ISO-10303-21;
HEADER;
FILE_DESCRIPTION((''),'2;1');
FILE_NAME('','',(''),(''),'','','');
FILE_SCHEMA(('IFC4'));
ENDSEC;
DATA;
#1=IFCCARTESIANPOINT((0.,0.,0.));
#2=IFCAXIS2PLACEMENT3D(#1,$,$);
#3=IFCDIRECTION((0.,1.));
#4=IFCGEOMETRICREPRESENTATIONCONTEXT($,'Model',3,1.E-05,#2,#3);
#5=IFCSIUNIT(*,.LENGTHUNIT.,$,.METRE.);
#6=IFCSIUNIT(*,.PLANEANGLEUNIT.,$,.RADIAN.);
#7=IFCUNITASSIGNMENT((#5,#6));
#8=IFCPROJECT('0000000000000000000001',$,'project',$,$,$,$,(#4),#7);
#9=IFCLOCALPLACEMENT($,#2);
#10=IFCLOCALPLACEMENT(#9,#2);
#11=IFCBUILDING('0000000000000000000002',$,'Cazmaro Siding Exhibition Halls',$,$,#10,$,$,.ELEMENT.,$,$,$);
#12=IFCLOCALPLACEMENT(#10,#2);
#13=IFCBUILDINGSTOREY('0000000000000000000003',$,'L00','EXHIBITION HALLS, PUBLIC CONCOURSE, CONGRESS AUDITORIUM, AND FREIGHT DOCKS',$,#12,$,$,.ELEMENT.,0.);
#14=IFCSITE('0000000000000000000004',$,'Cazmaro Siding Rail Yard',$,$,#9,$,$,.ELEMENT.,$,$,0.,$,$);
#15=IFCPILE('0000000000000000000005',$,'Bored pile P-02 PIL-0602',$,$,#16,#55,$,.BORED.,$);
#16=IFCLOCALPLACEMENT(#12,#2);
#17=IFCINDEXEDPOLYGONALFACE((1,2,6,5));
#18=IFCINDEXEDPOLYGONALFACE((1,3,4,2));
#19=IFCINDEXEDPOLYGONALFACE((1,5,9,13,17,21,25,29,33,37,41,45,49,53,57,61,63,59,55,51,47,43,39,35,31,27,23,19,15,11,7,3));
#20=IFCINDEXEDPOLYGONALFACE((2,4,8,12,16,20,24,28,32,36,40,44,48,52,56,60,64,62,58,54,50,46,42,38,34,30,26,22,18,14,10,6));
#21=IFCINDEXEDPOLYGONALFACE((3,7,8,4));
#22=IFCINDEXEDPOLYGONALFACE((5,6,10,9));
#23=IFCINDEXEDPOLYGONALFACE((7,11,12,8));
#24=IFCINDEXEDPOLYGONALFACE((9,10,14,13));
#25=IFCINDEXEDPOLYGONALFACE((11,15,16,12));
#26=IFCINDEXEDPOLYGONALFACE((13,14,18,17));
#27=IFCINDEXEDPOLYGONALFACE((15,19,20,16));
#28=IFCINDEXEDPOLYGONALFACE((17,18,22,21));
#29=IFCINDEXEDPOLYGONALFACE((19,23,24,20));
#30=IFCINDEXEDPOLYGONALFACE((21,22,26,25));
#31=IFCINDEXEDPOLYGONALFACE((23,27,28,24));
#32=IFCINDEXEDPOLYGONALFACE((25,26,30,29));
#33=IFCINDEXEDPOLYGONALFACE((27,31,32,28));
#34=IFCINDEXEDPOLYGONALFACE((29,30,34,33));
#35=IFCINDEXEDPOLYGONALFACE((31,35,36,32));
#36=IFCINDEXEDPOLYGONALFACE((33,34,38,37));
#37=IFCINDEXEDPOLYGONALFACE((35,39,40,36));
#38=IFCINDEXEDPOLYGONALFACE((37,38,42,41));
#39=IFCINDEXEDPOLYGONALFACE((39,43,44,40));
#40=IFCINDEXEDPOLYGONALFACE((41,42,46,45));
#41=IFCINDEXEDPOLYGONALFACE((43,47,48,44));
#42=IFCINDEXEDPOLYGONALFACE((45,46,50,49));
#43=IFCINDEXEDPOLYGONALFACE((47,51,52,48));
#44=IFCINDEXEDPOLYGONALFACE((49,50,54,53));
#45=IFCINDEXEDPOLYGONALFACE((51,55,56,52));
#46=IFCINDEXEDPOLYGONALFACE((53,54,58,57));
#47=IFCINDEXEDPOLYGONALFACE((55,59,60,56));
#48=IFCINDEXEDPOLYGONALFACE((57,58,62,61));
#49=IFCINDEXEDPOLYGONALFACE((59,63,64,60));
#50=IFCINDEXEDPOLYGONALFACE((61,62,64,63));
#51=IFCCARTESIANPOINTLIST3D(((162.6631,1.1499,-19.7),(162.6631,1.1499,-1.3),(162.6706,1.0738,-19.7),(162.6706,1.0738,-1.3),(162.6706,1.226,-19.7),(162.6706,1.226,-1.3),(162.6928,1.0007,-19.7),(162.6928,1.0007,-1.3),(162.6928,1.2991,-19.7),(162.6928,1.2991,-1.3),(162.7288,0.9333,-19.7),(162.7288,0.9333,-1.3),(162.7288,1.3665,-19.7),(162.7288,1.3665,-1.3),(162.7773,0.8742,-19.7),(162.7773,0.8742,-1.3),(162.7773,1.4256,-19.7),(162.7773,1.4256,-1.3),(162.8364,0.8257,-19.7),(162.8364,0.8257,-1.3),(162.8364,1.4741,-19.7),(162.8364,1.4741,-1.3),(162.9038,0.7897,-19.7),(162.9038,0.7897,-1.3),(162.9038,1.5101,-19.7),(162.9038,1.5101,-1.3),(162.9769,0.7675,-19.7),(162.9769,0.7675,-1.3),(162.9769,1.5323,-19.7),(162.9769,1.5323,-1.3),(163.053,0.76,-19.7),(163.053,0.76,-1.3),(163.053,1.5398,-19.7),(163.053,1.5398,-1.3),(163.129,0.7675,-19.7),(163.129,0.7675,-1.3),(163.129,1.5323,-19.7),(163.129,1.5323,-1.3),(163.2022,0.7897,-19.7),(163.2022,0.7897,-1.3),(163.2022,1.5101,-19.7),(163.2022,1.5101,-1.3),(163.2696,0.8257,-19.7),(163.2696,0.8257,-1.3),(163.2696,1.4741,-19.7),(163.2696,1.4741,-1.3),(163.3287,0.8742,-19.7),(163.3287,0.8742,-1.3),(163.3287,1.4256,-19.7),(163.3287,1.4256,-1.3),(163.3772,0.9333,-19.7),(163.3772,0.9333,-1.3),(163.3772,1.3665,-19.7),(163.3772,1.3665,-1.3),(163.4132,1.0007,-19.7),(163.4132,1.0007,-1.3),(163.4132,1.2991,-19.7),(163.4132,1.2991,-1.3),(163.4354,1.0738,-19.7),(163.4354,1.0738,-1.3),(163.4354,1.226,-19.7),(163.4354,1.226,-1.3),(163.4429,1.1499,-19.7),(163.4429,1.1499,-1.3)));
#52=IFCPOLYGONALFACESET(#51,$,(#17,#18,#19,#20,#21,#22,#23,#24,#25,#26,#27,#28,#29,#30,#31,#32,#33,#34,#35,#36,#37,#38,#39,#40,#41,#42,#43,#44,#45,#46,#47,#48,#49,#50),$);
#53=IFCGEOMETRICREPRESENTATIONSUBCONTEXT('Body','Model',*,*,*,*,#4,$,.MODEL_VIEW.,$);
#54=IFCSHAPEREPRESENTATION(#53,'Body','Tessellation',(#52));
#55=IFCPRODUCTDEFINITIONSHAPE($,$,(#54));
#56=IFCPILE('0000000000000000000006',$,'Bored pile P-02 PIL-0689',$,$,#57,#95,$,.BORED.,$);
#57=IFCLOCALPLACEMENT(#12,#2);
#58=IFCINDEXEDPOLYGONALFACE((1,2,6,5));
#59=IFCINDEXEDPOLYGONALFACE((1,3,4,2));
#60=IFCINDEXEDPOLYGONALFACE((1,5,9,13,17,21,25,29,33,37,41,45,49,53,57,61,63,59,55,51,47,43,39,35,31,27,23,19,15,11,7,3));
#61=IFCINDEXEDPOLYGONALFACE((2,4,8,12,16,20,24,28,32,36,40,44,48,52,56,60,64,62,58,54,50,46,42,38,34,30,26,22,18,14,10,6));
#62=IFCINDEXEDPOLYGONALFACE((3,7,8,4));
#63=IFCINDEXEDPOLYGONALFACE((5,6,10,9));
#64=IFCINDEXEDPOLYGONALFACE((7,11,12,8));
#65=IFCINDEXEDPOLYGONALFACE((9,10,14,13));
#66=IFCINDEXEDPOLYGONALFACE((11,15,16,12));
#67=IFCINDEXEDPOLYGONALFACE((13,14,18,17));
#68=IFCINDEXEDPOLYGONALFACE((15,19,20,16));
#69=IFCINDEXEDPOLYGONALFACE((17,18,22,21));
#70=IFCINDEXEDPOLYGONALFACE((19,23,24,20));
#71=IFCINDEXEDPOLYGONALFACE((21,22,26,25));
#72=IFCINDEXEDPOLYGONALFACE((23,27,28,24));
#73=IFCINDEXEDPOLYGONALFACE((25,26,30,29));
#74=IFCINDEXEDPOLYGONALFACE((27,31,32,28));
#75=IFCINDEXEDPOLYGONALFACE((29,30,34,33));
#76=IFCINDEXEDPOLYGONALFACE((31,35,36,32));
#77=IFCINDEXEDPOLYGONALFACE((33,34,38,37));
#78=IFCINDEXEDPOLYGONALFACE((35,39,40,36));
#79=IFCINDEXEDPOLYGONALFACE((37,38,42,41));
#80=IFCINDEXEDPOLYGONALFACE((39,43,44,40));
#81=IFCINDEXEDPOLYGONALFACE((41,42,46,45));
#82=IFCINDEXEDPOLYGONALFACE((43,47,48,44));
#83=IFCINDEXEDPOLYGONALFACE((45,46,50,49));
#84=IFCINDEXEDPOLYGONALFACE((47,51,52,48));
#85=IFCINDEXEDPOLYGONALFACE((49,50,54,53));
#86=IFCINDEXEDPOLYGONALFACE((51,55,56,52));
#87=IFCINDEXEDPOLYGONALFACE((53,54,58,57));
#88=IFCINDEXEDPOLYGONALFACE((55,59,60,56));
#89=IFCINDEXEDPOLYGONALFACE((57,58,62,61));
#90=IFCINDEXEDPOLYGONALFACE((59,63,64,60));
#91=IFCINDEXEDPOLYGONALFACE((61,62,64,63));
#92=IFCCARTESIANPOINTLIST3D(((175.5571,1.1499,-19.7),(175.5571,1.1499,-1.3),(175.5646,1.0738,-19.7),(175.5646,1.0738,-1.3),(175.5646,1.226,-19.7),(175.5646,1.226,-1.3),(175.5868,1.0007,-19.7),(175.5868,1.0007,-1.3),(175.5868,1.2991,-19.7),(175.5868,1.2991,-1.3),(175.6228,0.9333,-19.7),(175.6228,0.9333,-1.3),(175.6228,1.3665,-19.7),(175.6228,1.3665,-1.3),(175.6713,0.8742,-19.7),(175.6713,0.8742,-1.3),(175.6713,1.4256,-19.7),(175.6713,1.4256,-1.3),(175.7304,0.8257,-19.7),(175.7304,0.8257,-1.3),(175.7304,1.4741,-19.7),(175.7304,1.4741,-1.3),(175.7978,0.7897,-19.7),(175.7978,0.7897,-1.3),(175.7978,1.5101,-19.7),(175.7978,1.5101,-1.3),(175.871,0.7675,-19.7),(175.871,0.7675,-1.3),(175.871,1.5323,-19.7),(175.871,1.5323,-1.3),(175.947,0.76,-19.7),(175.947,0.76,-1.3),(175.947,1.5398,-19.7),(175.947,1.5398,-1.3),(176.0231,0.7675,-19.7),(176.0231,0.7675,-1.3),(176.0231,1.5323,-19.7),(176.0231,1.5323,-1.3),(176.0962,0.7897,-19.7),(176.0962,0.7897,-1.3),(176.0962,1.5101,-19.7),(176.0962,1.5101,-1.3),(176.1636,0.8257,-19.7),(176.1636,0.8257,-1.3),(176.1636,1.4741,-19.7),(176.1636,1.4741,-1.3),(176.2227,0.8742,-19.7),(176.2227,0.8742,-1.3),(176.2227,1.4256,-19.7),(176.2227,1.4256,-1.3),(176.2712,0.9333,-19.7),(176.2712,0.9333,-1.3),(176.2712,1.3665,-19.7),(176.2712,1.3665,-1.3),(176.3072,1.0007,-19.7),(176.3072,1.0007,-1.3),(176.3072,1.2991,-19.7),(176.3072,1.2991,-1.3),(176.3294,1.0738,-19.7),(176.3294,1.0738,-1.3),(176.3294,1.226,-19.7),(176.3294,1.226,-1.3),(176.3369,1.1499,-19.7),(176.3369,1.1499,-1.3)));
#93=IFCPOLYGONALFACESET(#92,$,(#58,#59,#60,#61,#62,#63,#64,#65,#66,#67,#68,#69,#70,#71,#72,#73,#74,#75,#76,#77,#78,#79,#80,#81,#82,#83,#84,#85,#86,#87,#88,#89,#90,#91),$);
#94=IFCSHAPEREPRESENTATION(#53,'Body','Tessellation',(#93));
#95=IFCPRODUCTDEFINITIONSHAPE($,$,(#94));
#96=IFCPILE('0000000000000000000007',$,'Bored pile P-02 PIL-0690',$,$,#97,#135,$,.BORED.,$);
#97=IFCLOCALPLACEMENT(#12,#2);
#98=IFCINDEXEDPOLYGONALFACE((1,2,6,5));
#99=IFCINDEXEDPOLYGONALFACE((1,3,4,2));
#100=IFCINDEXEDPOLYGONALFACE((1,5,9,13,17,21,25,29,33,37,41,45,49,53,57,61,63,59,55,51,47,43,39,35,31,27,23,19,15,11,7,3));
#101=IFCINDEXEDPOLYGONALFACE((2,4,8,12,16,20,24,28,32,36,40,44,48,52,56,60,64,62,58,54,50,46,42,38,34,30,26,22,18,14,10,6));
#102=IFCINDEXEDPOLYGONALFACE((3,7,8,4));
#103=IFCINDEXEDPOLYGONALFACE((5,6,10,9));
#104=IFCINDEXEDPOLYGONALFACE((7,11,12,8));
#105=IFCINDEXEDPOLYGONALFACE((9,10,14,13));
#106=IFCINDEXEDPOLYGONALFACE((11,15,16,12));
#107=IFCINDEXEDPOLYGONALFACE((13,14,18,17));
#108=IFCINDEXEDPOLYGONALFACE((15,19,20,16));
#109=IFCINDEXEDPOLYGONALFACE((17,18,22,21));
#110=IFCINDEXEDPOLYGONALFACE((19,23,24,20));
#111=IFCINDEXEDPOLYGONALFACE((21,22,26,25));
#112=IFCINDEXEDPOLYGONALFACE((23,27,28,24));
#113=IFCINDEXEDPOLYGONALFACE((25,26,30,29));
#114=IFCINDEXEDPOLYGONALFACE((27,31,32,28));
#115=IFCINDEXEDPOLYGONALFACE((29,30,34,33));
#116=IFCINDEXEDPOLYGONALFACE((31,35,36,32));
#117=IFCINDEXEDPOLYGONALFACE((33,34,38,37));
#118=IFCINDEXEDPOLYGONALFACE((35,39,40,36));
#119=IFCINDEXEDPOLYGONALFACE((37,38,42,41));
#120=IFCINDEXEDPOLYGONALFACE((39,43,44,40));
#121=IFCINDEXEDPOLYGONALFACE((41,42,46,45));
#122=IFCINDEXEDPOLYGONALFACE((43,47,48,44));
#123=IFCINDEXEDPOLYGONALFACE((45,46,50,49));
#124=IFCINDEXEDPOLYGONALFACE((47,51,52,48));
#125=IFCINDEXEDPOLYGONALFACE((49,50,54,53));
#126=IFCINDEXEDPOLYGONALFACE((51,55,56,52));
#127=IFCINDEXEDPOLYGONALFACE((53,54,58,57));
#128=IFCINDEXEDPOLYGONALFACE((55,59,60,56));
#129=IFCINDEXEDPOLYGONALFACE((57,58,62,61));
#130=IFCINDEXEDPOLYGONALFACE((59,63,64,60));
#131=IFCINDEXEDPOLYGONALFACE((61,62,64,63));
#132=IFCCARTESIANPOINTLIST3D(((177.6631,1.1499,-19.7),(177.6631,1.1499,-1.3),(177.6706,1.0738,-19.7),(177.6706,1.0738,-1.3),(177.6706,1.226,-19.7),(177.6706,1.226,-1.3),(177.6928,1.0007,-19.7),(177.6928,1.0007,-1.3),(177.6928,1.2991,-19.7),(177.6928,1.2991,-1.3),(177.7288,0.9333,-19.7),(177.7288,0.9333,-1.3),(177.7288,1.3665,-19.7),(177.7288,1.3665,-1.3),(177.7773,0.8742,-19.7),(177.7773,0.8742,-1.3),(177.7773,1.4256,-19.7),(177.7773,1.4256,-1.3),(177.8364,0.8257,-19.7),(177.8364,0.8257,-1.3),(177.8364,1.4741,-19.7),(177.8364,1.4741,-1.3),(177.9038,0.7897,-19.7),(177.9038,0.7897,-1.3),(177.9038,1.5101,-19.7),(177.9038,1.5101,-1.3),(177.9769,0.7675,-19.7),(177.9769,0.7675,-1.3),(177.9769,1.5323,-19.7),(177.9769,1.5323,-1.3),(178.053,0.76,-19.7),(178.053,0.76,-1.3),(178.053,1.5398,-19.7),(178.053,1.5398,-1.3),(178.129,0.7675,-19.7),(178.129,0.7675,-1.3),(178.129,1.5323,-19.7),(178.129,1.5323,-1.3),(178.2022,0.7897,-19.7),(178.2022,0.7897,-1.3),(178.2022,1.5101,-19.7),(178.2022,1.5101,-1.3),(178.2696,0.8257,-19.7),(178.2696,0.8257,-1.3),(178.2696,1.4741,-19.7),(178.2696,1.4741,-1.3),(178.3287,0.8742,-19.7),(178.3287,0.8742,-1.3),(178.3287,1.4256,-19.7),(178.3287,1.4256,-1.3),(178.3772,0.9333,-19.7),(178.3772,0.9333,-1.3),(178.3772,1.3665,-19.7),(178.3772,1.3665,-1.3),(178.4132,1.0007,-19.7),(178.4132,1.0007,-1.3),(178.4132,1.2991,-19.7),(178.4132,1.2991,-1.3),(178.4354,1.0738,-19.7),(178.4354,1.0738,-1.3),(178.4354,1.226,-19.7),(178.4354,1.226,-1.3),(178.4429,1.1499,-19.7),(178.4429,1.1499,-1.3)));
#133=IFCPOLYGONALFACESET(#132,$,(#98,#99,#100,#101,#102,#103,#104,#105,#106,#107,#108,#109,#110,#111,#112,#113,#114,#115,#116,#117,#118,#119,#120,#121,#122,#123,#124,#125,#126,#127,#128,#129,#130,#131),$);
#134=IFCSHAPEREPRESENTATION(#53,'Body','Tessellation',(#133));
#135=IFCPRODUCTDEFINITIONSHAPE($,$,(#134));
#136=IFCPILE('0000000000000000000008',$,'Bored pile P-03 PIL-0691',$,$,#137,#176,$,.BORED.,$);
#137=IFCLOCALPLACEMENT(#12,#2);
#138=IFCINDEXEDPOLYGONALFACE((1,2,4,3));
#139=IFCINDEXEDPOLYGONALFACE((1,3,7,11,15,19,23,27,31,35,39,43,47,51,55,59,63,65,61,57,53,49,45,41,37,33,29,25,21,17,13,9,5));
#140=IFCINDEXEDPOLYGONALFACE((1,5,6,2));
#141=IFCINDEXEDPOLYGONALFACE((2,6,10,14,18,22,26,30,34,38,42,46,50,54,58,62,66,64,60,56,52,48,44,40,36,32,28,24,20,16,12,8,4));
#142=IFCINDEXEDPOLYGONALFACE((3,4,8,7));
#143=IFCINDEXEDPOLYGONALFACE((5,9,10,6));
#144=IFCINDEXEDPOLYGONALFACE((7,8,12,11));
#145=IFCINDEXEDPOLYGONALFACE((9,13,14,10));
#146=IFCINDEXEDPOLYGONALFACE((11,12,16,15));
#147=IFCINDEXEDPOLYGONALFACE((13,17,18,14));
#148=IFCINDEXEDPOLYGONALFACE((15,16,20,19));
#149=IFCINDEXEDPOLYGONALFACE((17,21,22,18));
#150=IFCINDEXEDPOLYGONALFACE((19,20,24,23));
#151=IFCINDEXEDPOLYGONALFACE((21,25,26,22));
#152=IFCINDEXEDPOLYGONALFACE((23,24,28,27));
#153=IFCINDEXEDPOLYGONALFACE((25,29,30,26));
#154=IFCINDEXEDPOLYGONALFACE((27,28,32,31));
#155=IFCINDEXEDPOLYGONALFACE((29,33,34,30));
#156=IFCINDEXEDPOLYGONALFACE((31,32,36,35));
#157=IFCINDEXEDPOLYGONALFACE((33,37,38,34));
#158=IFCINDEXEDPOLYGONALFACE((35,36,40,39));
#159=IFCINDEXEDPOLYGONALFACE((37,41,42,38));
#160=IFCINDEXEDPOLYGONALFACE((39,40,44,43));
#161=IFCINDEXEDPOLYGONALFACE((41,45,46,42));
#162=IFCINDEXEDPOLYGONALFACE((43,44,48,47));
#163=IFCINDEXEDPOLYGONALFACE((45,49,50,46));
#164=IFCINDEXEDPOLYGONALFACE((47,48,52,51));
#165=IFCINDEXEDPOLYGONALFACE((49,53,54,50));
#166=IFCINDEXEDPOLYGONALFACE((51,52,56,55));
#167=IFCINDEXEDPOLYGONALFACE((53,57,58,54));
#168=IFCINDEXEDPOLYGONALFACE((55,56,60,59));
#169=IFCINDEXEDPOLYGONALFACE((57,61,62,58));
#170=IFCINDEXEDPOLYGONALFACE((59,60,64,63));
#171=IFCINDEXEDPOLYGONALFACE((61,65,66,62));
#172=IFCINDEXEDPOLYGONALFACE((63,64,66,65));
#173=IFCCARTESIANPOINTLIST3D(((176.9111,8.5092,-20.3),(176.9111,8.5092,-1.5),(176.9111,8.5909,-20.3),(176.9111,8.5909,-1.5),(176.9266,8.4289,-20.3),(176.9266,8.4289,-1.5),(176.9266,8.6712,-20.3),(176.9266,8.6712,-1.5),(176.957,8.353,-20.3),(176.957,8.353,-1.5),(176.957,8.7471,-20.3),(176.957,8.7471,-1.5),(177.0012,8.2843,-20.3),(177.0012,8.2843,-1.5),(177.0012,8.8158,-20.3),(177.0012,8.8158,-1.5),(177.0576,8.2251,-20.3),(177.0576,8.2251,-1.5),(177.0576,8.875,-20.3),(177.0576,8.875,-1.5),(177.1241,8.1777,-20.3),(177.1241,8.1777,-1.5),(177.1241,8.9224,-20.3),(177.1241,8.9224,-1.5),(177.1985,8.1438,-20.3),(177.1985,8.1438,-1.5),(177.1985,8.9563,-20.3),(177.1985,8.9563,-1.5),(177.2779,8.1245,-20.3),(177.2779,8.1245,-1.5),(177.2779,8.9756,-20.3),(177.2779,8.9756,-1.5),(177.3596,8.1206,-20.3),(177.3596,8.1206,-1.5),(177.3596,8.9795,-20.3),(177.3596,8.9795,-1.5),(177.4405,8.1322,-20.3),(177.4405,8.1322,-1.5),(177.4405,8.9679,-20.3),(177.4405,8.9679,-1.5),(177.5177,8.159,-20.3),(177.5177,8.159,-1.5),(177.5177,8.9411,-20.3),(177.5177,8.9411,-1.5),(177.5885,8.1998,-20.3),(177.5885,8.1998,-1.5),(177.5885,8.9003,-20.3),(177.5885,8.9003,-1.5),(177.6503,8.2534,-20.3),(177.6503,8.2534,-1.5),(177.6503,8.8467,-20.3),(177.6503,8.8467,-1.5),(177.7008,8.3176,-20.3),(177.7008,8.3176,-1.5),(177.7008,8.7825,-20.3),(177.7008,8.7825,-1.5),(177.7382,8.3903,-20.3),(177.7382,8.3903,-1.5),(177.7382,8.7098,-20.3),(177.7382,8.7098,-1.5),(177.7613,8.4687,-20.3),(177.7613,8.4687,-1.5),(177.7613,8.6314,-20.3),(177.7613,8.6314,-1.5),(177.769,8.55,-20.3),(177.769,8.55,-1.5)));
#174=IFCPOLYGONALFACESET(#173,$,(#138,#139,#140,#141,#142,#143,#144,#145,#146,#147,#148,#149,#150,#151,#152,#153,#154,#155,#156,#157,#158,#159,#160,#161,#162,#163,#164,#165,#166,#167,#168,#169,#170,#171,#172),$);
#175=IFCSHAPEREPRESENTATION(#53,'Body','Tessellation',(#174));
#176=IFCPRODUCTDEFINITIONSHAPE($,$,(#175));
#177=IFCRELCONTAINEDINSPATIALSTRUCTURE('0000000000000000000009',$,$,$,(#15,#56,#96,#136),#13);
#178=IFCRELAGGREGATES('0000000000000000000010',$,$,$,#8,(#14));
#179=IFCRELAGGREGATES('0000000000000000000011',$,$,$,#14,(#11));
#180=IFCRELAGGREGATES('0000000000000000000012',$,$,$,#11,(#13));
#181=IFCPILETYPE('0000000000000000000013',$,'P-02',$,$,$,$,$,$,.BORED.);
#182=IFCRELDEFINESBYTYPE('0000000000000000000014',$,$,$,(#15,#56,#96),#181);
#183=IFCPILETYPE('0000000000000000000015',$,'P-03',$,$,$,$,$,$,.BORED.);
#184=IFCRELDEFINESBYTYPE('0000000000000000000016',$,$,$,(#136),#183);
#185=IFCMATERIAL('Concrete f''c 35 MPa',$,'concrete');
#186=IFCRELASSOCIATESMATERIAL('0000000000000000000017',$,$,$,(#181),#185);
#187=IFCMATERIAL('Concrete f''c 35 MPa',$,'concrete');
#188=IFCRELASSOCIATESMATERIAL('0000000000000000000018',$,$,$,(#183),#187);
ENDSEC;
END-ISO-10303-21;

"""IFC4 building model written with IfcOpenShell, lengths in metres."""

from ifc_helpers import new_model, si_unit, direction, frame, origin, origin_2d, place, context, subcontext, project, spatial, circle, extrude, material, material_profile, profile_set, type_object, element, save


model = new_model("IFC4")

# Units and contexts
model_context = context("Model", 3, precision=1e-05, world=origin(), true_north=direction((0.0, 1.0)))
body_context = subcontext(model_context, "Body", "Model", "MODEL_VIEW")
ifc_project = project(units=[si_unit("LENGTHUNIT", "METRE"), si_unit("PLANEANGLEUNIT", "RADIAN")], contexts=[model_context])

# Site, building, storey
site_placement = place(None, origin())
site = spatial("IfcSite", under=ifc_project, at=site_placement, Name="Cazmaro Siding Rail Yard", CompositionType="ELEMENT", RefElevation=0.0)
building_placement = place(site_placement, origin())
building = spatial("IfcBuilding", under=site, at=building_placement, Name="Cazmaro Siding Exhibition Halls", CompositionType="ELEMENT")
storey_placement = place(building_placement, origin())
storey = spatial("IfcBuildingStorey", under=building, at=storey_placement, Name="L00", Description="EXHIBITION HALLS, PUBLIC CONCOURSE, CONGRESS AUDITORIUM, AND FREIGHT DOCKS", CompositionType="ELEMENT", Elevation=0.0)

# Piles
ifc_material_1 = material(Name="Concrete f'c 35 MPa", Category="concrete")
ifc_material_profile_1 = material_profile(ifc_material_1, circle(Radius=0.3899, at=origin_2d()), Name="CIDH-780")
ifc_profile_set_1 = profile_set([ifc_material_profile_1], Name="Concrete f'c 35 MPa")
pile_type_1 = type_object("IfcPileType", Name="P-02", PredefinedType="BORED", material=ifc_profile_set_1)
for number, where, z_axis, x_axis, name in (
    (1, (163.053, 1.1499, -1.3), (0.0, 0.0, -1.0), (1.0, 0.0, 0.0), "Bored pile P-02 PIL-0602"),
    (2, (175.947, 1.1499, -1.3), (0.0, 0.0, -1.0), (1.0, 0.0, 0.0), "Bored pile P-02 PIL-0689"),
    (3, (178.053, 1.1499, -1.3), (0.0, 0.0, -1.0), (1.0, 0.0, 0.0), "Bored pile P-02 PIL-0690"),
):
    element("IfcPile", number, at=place(storey_placement, frame(where, z_axis=z_axis, x_axis=x_axis)), inside=storey, type_object=pile_type_1, Name=name, PredefinedType="BORED", context=body_context, shape_type="SweptSolid", body=[
        extrude(circle(Radius=0.3899, at=origin_2d()), origin(), (0.0, 0.0, 1.0), 18.3999),
    ])
ifc_material_2 = material(Name="Concrete f'c 35 MPa", Category="concrete")
ifc_material_profile_2 = material_profile(ifc_material_2, circle(Radius=0.4299, at=origin_2d()), Name="CIDH-860")
ifc_profile_set_2 = profile_set([ifc_material_profile_2], Name="Concrete f'c 35 MPa")
pile_type_2 = type_object("IfcPileType", Name="P-03", PredefinedType="BORED", material=ifc_profile_set_2)
for number, where, z_axis, x_axis, name in (
    (4, (177.3391, 8.55, -1.5), (0.0, 0.0, -1.0), (1.0, 0.0, 0.0), "Bored pile P-03 PIL-0691"),
):
    element("IfcPile", number, at=place(storey_placement, frame(where, z_axis=z_axis, x_axis=x_axis)), inside=storey, type_object=pile_type_2, Name=name, PredefinedType="BORED", context=body_context, shape_type="SweptSolid", body=[
        extrude(circle(Radius=0.4299, at=origin_2d()), origin(), (0.0, 0.0, 1.0), 18.8),
    ])

save(model, "model.ifc")
